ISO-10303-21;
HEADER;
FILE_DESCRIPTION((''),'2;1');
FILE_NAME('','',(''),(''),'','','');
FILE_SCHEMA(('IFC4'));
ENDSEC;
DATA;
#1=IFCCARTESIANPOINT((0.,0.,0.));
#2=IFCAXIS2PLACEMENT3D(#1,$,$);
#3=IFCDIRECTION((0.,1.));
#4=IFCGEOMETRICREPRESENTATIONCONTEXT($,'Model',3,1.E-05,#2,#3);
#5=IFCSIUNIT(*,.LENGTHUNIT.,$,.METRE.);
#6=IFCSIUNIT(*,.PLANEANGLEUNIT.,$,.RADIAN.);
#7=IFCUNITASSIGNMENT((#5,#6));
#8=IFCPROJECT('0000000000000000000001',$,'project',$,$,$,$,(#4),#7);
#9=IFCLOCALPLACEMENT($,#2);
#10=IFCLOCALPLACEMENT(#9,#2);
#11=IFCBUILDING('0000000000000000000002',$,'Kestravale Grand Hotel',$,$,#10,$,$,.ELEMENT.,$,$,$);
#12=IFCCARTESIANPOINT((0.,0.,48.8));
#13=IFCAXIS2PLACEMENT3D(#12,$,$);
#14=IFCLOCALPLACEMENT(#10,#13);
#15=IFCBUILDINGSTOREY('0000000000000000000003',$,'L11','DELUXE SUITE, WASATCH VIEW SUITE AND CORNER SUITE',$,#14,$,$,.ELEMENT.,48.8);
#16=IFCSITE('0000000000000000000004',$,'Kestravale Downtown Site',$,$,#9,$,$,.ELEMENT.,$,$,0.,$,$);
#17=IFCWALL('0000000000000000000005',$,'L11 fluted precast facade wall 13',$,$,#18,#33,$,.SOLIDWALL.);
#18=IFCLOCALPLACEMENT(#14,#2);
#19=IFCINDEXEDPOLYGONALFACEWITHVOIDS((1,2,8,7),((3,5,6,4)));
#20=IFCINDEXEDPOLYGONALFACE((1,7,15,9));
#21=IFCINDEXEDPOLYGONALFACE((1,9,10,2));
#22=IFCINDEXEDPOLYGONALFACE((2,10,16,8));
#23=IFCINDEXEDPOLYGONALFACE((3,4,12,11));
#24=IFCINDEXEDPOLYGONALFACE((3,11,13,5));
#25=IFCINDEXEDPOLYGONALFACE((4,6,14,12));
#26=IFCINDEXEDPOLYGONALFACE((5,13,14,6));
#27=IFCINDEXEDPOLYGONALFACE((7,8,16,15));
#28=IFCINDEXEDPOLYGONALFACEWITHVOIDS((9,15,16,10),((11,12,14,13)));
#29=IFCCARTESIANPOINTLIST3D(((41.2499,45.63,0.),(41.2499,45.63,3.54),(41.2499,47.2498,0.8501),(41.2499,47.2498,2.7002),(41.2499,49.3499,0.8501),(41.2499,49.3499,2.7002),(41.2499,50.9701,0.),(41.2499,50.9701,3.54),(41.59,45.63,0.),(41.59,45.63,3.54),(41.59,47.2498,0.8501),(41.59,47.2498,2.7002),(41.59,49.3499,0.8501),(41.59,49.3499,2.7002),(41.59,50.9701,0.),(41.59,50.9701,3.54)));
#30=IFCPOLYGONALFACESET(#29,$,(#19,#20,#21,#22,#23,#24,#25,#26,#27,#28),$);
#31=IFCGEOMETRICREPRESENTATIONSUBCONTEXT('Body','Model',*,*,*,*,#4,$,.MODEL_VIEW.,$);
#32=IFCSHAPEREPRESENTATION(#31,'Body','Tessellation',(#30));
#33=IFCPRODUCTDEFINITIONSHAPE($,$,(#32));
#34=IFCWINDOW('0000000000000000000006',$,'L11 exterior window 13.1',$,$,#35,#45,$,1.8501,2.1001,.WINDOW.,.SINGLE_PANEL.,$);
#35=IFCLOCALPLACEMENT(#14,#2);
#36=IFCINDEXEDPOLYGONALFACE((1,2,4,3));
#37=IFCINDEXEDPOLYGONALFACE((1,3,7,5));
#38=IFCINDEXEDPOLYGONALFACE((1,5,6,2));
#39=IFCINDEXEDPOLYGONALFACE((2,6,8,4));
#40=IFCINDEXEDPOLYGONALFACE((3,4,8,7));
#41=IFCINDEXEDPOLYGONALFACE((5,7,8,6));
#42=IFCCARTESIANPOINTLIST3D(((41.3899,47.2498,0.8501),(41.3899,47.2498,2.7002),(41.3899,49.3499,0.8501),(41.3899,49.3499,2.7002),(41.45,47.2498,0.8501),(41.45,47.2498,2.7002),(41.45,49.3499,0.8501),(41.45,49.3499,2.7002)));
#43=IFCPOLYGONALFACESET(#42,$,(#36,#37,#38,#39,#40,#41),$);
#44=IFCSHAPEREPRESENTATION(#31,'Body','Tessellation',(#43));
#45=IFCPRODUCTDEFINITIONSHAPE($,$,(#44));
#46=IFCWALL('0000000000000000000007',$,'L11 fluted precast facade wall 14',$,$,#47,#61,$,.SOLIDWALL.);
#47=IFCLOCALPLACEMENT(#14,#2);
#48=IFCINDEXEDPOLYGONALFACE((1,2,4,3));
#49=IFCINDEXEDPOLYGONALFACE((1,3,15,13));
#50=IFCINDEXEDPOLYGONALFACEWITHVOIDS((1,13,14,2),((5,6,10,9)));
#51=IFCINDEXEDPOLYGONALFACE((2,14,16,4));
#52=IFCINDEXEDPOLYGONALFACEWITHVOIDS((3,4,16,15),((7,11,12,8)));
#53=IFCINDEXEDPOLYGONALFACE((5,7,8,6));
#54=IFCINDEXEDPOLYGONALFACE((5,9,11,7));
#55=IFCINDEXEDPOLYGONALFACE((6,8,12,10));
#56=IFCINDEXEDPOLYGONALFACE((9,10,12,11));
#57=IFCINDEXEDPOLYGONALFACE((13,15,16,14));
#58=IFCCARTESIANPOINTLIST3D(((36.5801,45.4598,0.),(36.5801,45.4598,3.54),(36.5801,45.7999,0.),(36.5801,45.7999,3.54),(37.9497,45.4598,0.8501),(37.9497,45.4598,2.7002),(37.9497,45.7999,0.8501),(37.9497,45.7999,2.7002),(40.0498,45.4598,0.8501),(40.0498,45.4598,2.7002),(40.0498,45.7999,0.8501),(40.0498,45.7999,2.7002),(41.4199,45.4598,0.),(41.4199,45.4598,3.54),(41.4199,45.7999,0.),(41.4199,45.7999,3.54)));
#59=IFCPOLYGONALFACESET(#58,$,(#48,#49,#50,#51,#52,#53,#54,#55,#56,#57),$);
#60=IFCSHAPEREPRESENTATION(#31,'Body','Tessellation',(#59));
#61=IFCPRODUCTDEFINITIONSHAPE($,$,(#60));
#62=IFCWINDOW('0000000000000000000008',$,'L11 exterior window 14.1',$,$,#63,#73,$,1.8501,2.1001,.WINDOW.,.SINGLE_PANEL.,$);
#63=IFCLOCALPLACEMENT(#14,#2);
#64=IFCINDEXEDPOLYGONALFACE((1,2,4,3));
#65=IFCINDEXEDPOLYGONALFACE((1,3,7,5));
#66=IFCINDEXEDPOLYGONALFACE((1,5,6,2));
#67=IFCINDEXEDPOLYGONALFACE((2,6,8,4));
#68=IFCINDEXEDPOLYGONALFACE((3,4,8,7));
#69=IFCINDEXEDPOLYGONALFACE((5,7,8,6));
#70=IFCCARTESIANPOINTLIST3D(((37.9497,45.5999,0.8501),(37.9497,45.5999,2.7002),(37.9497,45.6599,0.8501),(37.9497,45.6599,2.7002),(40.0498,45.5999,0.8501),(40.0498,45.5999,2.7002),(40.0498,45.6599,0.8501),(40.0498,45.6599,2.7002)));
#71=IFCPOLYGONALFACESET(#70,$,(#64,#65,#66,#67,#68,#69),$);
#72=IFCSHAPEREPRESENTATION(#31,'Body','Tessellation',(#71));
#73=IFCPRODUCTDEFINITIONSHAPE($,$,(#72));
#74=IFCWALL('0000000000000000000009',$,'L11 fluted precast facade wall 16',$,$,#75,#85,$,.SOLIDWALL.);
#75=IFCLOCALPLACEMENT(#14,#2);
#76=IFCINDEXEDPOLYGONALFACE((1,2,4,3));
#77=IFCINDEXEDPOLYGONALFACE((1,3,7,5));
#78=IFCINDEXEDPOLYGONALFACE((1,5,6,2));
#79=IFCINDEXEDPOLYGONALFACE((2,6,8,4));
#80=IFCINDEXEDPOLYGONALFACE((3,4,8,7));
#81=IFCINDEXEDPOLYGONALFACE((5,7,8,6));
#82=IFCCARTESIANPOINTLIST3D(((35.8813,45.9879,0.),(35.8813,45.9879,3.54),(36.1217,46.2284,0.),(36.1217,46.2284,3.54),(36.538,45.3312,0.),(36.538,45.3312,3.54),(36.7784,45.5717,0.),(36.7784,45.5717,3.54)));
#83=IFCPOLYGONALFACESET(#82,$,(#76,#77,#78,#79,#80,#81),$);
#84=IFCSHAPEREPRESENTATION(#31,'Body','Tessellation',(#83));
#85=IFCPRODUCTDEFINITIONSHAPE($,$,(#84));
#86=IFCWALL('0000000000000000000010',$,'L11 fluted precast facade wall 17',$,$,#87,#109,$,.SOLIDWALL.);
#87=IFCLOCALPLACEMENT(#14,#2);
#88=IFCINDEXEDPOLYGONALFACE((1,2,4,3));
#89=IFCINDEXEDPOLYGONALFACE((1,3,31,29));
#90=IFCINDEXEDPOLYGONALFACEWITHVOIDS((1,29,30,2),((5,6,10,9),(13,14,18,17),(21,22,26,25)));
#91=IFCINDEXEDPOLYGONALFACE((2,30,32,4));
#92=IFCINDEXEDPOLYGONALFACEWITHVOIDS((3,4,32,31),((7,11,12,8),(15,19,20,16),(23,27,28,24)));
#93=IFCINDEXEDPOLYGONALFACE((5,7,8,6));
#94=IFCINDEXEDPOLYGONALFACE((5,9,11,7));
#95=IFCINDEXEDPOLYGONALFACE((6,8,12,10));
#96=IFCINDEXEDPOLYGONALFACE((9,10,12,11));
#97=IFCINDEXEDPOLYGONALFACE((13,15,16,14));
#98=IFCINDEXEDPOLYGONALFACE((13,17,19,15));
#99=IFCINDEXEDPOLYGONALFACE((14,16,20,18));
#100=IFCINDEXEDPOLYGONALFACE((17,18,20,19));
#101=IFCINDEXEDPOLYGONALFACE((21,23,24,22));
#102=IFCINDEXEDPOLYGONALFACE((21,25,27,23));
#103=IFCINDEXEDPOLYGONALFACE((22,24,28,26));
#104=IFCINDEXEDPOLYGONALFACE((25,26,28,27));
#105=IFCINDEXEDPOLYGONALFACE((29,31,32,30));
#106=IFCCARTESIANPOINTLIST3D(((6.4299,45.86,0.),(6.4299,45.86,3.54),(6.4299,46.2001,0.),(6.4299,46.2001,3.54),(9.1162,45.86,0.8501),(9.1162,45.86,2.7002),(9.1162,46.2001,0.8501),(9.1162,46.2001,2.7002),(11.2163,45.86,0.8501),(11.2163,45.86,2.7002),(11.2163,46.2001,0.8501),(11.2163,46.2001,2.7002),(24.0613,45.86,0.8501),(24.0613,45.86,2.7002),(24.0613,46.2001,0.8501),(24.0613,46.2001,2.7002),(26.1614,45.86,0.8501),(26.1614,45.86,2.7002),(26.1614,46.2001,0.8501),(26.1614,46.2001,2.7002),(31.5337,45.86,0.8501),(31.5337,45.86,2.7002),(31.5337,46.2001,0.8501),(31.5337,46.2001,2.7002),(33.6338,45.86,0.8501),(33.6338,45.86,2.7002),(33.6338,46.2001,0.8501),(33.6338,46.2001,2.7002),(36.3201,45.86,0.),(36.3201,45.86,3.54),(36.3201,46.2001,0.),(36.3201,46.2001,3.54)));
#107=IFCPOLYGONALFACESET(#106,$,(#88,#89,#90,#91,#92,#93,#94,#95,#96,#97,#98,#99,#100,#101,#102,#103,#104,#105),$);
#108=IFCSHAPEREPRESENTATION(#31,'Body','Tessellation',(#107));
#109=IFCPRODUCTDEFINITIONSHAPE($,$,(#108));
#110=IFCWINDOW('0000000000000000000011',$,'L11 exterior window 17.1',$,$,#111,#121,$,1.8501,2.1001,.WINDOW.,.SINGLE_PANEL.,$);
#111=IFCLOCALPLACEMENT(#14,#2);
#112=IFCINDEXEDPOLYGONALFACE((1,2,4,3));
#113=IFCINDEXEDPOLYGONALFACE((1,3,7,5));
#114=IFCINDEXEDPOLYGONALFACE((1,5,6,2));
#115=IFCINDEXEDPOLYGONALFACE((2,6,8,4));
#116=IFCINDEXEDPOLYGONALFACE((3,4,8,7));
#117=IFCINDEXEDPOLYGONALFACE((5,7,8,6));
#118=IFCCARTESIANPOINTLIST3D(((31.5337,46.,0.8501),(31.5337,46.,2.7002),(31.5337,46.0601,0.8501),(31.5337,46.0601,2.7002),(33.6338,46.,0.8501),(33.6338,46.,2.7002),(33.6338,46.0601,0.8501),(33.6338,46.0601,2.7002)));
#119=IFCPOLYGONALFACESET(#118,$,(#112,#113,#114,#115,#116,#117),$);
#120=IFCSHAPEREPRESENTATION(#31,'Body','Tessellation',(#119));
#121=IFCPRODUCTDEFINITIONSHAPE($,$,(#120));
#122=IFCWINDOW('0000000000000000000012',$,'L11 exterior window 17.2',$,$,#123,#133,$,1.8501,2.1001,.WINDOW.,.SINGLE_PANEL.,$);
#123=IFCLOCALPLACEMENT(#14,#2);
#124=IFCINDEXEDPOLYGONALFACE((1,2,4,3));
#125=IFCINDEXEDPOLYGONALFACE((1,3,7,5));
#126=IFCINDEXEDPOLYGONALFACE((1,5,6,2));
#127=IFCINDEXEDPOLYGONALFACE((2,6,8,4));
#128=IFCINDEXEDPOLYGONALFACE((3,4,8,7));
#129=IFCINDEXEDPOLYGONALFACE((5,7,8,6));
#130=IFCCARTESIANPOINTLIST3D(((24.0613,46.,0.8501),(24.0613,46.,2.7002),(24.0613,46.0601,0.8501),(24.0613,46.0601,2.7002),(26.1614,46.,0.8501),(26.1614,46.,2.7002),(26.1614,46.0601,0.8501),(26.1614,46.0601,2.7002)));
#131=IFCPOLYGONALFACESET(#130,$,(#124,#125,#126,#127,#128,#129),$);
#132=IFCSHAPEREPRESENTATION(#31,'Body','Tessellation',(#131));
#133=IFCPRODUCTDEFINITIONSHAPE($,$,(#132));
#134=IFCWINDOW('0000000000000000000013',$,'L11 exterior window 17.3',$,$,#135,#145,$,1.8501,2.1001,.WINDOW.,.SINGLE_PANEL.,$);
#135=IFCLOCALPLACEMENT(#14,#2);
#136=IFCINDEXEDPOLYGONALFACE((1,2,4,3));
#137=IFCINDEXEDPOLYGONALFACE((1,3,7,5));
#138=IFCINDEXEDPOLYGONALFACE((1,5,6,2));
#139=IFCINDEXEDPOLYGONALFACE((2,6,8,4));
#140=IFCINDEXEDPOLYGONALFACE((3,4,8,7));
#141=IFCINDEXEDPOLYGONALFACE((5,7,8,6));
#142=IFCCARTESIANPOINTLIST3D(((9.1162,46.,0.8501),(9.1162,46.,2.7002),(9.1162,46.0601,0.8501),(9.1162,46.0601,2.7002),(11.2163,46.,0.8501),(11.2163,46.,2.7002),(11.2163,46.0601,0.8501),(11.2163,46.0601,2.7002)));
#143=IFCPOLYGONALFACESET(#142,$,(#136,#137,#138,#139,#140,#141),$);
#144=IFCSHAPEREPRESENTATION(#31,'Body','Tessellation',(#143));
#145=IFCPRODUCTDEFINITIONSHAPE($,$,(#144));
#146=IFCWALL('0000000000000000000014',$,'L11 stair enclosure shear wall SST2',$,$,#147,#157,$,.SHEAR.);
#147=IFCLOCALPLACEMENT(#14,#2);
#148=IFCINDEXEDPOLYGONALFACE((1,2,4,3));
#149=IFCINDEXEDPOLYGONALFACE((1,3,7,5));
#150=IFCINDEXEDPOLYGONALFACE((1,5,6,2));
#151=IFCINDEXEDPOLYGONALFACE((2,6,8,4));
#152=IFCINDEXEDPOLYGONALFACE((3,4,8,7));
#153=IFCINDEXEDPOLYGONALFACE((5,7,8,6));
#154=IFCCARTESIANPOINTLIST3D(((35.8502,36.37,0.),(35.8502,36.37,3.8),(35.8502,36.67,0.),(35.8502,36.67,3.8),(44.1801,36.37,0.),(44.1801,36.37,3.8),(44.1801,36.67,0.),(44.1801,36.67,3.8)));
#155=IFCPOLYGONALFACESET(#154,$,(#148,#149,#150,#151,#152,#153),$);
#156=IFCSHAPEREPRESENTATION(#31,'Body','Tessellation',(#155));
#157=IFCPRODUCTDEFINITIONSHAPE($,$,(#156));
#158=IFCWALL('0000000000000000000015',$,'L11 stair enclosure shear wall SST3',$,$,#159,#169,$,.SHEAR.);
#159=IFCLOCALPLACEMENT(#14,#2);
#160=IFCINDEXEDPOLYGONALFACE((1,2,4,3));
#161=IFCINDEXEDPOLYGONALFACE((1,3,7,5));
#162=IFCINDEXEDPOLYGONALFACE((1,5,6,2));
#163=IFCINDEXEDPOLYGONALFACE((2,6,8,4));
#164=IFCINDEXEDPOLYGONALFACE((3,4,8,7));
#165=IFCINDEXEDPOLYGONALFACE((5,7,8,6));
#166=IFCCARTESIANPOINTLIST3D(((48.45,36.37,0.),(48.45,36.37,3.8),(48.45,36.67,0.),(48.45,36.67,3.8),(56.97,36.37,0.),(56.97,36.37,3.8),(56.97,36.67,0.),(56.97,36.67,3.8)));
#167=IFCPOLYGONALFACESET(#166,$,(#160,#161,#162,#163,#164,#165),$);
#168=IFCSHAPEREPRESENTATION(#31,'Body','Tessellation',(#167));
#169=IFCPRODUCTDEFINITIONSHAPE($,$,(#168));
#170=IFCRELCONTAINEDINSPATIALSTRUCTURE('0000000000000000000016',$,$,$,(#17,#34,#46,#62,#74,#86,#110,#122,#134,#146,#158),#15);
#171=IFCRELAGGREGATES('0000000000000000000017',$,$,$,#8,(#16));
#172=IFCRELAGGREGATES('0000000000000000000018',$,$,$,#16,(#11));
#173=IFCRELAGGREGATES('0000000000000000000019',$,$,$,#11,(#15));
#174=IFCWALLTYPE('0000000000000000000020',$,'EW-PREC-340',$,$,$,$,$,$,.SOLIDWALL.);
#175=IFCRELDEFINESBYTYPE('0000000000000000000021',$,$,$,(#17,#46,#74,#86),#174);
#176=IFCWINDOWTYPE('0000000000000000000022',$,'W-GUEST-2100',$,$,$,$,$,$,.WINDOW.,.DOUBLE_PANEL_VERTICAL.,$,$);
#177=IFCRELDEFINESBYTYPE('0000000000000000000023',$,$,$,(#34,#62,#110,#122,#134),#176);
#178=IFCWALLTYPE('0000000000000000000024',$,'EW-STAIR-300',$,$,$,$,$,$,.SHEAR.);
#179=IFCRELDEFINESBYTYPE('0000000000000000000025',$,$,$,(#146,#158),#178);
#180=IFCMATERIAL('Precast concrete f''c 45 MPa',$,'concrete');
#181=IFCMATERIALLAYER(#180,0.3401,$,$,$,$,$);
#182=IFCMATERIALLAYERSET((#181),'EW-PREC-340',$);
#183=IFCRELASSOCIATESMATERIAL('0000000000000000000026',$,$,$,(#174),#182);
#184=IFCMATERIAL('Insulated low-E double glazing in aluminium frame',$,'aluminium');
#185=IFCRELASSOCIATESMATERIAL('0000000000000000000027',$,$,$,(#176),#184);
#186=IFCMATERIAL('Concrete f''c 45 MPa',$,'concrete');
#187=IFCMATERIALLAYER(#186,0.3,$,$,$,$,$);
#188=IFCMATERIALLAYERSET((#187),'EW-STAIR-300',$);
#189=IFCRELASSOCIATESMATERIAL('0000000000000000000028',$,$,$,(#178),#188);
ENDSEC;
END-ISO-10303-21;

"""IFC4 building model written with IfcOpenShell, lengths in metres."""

from ifc_helpers import new_model, si_unit, direction, frame, frame_2d, origin, place, context, subcontext, project, spatial, rectangle, extrude, material, layer, layer_set, type_object, element, fill, save


model = new_model("IFC4")

# Units and contexts
model_context = context("Model", 3, precision=1e-05, world=origin(), true_north=direction((0.0, 1.0)))
body_context = subcontext(model_context, "Body", "Model", "MODEL_VIEW")
ifc_project = project(units=[si_unit("LENGTHUNIT", "METRE"), si_unit("PLANEANGLEUNIT", "RADIAN")], contexts=[model_context])

# Site, building, storey
site_placement = place(None, origin())
site = spatial("IfcSite", under=ifc_project, at=site_placement, Name="Kestravale Downtown Site", CompositionType="ELEMENT", RefElevation=0.0)
building_placement = place(site_placement, origin())
building = spatial("IfcBuilding", under=site, at=building_placement, Name="Kestravale Grand Hotel", CompositionType="ELEMENT")
storey_placement = place(building_placement, frame((0.0, 0.0, 48.8)))
storey = spatial("IfcBuildingStorey", under=building, at=storey_placement, Name="L11", Description="DELUXE SUITE, WASATCH VIEW SUITE AND CORNER SUITE", CompositionType="ELEMENT", Elevation=48.8)

# Shared definitions
ifc_material_1 = material(Name="Precast concrete f'c 45 MPa", Category="concrete")
ifc_layer_1 = layer(ifc_material_1, 0.3401)
ifc_layer_set_1 = layer_set([ifc_layer_1], Name="EW-PREC-340")
wall_type_1 = type_object("IfcWallType", Name="EW-PREC-340", PredefinedType="SOLIDWALL", material=ifc_layer_set_1)

# Walls, openings, windows
wall_1_placement = place(storey_placement, frame((41.4199, 50.97, 0.0), z_axis=(0.0, 0.0, 1.0), x_axis=(0.0, -1.0, 0.0)))
wall_1 = element("IfcWall", 1, at=wall_1_placement, inside=storey, type_object=wall_type_1, Name="L11 fluted precast facade wall 13", PredefinedType="SOLIDWALL", context=body_context, shape_type="SweptSolid", body=[
    extrude(rectangle(XDim=5.3401, YDim=0.3401, at=frame_2d((2.6699, 0.0))), origin(), (0.0, 0.0, 1.0), 3.54),
])
opening_1_placement = place(wall_1_placement, frame((1.6201, 0.0, 0.8501)))
opening_1 = element("IfcOpeningElement", 2, at=opening_1_placement, cuts=wall_1, PredefinedType="OPENING", context=body_context, shape_type="SweptSolid", body=[
    extrude(rectangle(XDim=2.1001, YDim=1.8501, at=frame_2d((1.05, 0.925))), frame((0.0, 0.1799, 0.0), z_axis=(0.0, -1.0, 0.0), x_axis=(1.0, 0.0, 0.0)), (0.0, 0.0, 1.0), 0.3601),
])
ifc_material_2 = material(Name="Insulated low-E double glazing in aluminium frame", Category="aluminium")
window_type = type_object("IfcWindowType", Name="W-GUEST-2100", PartitioningType="DOUBLE_PANEL_VERTICAL", PredefinedType="WINDOW", material=ifc_material_2)
window_1_placement = place(opening_1_placement, origin())
window_1 = element("IfcWindow", 3, at=window_1_placement, inside=storey, type_object=window_type, Name="L11 exterior window 13.1", OverallHeight=1.8501, OverallWidth=2.1001, PartitioningType="SINGLE_PANEL", PredefinedType="WINDOW", context=body_context, shape_type="SweptSolid", body=[
    extrude(rectangle(XDim=2.1001, YDim=1.8501, at=frame_2d((1.05, 0.925))), frame((0.0, 0.03, 0.0), z_axis=(0.0, -1.0, 0.0), x_axis=(1.0, 0.0, 0.0)), (0.0, 0.0, 1.0), 0.0601),
])
fill(opening_1, window_1)
wall_2_placement = place(storey_placement, frame((41.4199, 45.6299, 0.0), z_axis=(0.0, 0.0, 1.0), x_axis=(-1.0, 0.0, 0.0)))
wall_2 = element("IfcWall", 4, at=wall_2_placement, inside=storey, type_object=wall_type_1, Name="L11 fluted precast facade wall 14", PredefinedType="SOLIDWALL", context=body_context, shape_type="SweptSolid", body=[
    extrude(rectangle(XDim=4.8398, YDim=0.3401, at=frame_2d((2.4199, 0.0))), origin(), (0.0, 0.0, 1.0), 3.54),
])
opening_2_placement = place(wall_2_placement, frame((1.3701, 0.0, 0.8501)))
opening_2 = element("IfcOpeningElement", 5, at=opening_2_placement, cuts=wall_2, PredefinedType="OPENING", context=body_context, shape_type="SweptSolid", body=[
    extrude(rectangle(XDim=2.1001, YDim=1.8501, at=frame_2d((1.05, 0.925))), frame((0.0, 0.1799, 0.0), z_axis=(0.0, -1.0, 0.0), x_axis=(1.0, 0.0, 0.0)), (0.0, 0.0, 1.0), 0.3601),
])
window_2_placement = place(opening_2_placement, origin())
window_2 = element("IfcWindow", 6, at=window_2_placement, inside=storey, type_object=window_type, Name="L11 exterior window 14.1", OverallHeight=1.8501, OverallWidth=2.1001, PartitioningType="SINGLE_PANEL", PredefinedType="WINDOW", context=body_context, shape_type="SweptSolid", body=[
    extrude(rectangle(XDim=2.1001, YDim=1.8501, at=frame_2d((1.05, 0.925))), frame((0.0, 0.03, 0.0), z_axis=(0.0, -1.0, 0.0), x_axis=(1.0, 0.0, 0.0)), (0.0, 0.0, 1.0), 0.0601),
])
fill(opening_2, window_2)

# Wall
wall_3_placement = place(storey_placement, frame((36.6582, 45.4514, 0.0), z_axis=(0.0, 0.0, 1.0), x_axis=(-0.707107, 0.707107, 0.0)))
element("IfcWall", 7, at=wall_3_placement, inside=storey, type_object=wall_type_1, Name="L11 fluted precast facade wall 16", PredefinedType="SOLIDWALL", context=body_context, shape_type="SweptSolid", body=[
    extrude(rectangle(XDim=0.9287, YDim=0.3401, at=frame_2d((0.4644, 0.0))), origin(), (0.0, 0.0, 1.0), 3.54),
])

# Wall, openings, windows
wall_4_placement = place(storey_placement, frame((36.3201, 46.03, 0.0), z_axis=(0.0, 0.0, 1.0), x_axis=(-1.0, 0.0, 0.0)))
wall_4 = element("IfcWall", 8, at=wall_4_placement, inside=storey, type_object=wall_type_1, Name="L11 fluted precast facade wall 17", PredefinedType="SOLIDWALL", context=body_context, shape_type="SweptSolid", body=[
    extrude(rectangle(XDim=29.8901, YDim=0.3401, at=frame_2d((14.9451, 0.0))), origin(), (0.0, 0.0, 1.0), 3.54),
])
opening_3_placement = place(wall_4_placement, frame((2.6863, 0.0, 0.8501)))
opening_3 = element("IfcOpeningElement", 9, at=opening_3_placement, cuts=wall_4, PredefinedType="OPENING", context=body_context, shape_type="SweptSolid", body=[
    extrude(rectangle(XDim=2.1001, YDim=1.8501, at=frame_2d((1.05, 0.925))), frame((0.0, 0.1799, 0.0), z_axis=(0.0, -1.0, 0.0), x_axis=(1.0, 0.0, 0.0)), (0.0, 0.0, 1.0), 0.3601),
])
opening_4_placement = place(wall_4_placement, frame((10.1587, 0.0, 0.8501)))
opening_4 = element("IfcOpeningElement", 10, at=opening_4_placement, cuts=wall_4, PredefinedType="OPENING", context=body_context, shape_type="SweptSolid", body=[
    extrude(rectangle(XDim=2.1001, YDim=1.8501, at=frame_2d((1.05, 0.925))), frame((0.0, 0.1799, 0.0), z_axis=(0.0, -1.0, 0.0), x_axis=(1.0, 0.0, 0.0)), (0.0, 0.0, 1.0), 0.3601),
])
opening_5_placement = place(wall_4_placement, frame((25.1038, 0.0, 0.8501)))
opening_5 = element("IfcOpeningElement", 11, at=opening_5_placement, cuts=wall_4, PredefinedType="OPENING", context=body_context, shape_type="SweptSolid", body=[
    extrude(rectangle(XDim=2.1001, YDim=1.8501, at=frame_2d((1.05, 0.925))), frame((0.0, 0.1799, 0.0), z_axis=(0.0, -1.0, 0.0), x_axis=(1.0, 0.0, 0.0)), (0.0, 0.0, 1.0), 0.3601),
])
window_3_placement = place(opening_3_placement, origin())
window_3 = element("IfcWindow", 12, at=window_3_placement, inside=storey, type_object=window_type, Name="L11 exterior window 17.1", OverallHeight=1.8501, OverallWidth=2.1001, PartitioningType="SINGLE_PANEL", PredefinedType="WINDOW", context=body_context, shape_type="SweptSolid", body=[
    extrude(rectangle(XDim=2.1001, YDim=1.8501, at=frame_2d((1.05, 0.925))), frame((0.0, 0.03, 0.0), z_axis=(0.0, -1.0, 0.0), x_axis=(1.0, 0.0, 0.0)), (0.0, 0.0, 1.0), 0.0601),
])
fill(opening_3, window_3)
window_4_placement = place(opening_4_placement, origin())
window_4 = element("IfcWindow", 13, at=window_4_placement, inside=storey, type_object=window_type, Name="L11 exterior window 17.2", OverallHeight=1.8501, OverallWidth=2.1001, PartitioningType="SINGLE_PANEL", PredefinedType="WINDOW", context=body_context, shape_type="SweptSolid", body=[
    extrude(rectangle(XDim=2.1001, YDim=1.8501, at=frame_2d((1.05, 0.925))), frame((0.0, 0.03, 0.0), z_axis=(0.0, -1.0, 0.0), x_axis=(1.0, 0.0, 0.0)), (0.0, 0.0, 1.0), 0.0601),
])
fill(opening_4, window_4)
window_5_placement = place(opening_5_placement, origin())
window_5 = element("IfcWindow", 14, at=window_5_placement, inside=storey, type_object=window_type, Name="L11 exterior window 17.3", OverallHeight=1.8501, OverallWidth=2.1001, PartitioningType="SINGLE_PANEL", PredefinedType="WINDOW", context=body_context, shape_type="SweptSolid", body=[
    extrude(rectangle(XDim=2.1001, YDim=1.8501, at=frame_2d((1.05, 0.925))), frame((0.0, 0.03, 0.0), z_axis=(0.0, -1.0, 0.0), x_axis=(1.0, 0.0, 0.0)), (0.0, 0.0, 1.0), 0.0601),
])
fill(opening_5, window_5)

# Walls
ifc_material_3 = material(Name="Concrete f'c 45 MPa", Category="concrete")
ifc_layer_2 = layer(ifc_material_3, 0.3)
ifc_layer_set_2 = layer_set([ifc_layer_2], Name="EW-STAIR-300")
wall_type_2 = type_object("IfcWallType", Name="EW-STAIR-300", PredefinedType="SHEAR", material=ifc_layer_set_2)
wall_5_placement = place(storey_placement, frame((35.8501, 36.52, 0.0), z_axis=(0.0, 0.0, 1.0), x_axis=(1.0, 0.0, 0.0)))
element("IfcWall", 15, at=wall_5_placement, inside=storey, type_object=wall_type_2, Name="L11 stair enclosure shear wall SST2", PredefinedType="SHEAR", context=body_context, shape_type="SweptSolid", body=[
    extrude(rectangle(XDim=8.3298, YDim=0.3, at=frame_2d((4.165, 0.0))), origin(), (0.0, 0.0, 1.0), 3.8),
])
wall_6_placement = place(storey_placement, frame((48.45, 36.52, 0.0), z_axis=(0.0, 0.0, 1.0), x_axis=(1.0, 0.0, 0.0)))
element("IfcWall", 16, at=wall_6_placement, inside=storey, type_object=wall_type_2, Name="L11 stair enclosure shear wall SST3", PredefinedType="SHEAR", context=body_context, shape_type="SweptSolid", body=[
    extrude(rectangle(XDim=8.52, YDim=0.3, at=frame_2d((4.26, 0.0))), origin(), (0.0, 0.0, 1.0), 3.8),
])

save(model, "model.ifc")
